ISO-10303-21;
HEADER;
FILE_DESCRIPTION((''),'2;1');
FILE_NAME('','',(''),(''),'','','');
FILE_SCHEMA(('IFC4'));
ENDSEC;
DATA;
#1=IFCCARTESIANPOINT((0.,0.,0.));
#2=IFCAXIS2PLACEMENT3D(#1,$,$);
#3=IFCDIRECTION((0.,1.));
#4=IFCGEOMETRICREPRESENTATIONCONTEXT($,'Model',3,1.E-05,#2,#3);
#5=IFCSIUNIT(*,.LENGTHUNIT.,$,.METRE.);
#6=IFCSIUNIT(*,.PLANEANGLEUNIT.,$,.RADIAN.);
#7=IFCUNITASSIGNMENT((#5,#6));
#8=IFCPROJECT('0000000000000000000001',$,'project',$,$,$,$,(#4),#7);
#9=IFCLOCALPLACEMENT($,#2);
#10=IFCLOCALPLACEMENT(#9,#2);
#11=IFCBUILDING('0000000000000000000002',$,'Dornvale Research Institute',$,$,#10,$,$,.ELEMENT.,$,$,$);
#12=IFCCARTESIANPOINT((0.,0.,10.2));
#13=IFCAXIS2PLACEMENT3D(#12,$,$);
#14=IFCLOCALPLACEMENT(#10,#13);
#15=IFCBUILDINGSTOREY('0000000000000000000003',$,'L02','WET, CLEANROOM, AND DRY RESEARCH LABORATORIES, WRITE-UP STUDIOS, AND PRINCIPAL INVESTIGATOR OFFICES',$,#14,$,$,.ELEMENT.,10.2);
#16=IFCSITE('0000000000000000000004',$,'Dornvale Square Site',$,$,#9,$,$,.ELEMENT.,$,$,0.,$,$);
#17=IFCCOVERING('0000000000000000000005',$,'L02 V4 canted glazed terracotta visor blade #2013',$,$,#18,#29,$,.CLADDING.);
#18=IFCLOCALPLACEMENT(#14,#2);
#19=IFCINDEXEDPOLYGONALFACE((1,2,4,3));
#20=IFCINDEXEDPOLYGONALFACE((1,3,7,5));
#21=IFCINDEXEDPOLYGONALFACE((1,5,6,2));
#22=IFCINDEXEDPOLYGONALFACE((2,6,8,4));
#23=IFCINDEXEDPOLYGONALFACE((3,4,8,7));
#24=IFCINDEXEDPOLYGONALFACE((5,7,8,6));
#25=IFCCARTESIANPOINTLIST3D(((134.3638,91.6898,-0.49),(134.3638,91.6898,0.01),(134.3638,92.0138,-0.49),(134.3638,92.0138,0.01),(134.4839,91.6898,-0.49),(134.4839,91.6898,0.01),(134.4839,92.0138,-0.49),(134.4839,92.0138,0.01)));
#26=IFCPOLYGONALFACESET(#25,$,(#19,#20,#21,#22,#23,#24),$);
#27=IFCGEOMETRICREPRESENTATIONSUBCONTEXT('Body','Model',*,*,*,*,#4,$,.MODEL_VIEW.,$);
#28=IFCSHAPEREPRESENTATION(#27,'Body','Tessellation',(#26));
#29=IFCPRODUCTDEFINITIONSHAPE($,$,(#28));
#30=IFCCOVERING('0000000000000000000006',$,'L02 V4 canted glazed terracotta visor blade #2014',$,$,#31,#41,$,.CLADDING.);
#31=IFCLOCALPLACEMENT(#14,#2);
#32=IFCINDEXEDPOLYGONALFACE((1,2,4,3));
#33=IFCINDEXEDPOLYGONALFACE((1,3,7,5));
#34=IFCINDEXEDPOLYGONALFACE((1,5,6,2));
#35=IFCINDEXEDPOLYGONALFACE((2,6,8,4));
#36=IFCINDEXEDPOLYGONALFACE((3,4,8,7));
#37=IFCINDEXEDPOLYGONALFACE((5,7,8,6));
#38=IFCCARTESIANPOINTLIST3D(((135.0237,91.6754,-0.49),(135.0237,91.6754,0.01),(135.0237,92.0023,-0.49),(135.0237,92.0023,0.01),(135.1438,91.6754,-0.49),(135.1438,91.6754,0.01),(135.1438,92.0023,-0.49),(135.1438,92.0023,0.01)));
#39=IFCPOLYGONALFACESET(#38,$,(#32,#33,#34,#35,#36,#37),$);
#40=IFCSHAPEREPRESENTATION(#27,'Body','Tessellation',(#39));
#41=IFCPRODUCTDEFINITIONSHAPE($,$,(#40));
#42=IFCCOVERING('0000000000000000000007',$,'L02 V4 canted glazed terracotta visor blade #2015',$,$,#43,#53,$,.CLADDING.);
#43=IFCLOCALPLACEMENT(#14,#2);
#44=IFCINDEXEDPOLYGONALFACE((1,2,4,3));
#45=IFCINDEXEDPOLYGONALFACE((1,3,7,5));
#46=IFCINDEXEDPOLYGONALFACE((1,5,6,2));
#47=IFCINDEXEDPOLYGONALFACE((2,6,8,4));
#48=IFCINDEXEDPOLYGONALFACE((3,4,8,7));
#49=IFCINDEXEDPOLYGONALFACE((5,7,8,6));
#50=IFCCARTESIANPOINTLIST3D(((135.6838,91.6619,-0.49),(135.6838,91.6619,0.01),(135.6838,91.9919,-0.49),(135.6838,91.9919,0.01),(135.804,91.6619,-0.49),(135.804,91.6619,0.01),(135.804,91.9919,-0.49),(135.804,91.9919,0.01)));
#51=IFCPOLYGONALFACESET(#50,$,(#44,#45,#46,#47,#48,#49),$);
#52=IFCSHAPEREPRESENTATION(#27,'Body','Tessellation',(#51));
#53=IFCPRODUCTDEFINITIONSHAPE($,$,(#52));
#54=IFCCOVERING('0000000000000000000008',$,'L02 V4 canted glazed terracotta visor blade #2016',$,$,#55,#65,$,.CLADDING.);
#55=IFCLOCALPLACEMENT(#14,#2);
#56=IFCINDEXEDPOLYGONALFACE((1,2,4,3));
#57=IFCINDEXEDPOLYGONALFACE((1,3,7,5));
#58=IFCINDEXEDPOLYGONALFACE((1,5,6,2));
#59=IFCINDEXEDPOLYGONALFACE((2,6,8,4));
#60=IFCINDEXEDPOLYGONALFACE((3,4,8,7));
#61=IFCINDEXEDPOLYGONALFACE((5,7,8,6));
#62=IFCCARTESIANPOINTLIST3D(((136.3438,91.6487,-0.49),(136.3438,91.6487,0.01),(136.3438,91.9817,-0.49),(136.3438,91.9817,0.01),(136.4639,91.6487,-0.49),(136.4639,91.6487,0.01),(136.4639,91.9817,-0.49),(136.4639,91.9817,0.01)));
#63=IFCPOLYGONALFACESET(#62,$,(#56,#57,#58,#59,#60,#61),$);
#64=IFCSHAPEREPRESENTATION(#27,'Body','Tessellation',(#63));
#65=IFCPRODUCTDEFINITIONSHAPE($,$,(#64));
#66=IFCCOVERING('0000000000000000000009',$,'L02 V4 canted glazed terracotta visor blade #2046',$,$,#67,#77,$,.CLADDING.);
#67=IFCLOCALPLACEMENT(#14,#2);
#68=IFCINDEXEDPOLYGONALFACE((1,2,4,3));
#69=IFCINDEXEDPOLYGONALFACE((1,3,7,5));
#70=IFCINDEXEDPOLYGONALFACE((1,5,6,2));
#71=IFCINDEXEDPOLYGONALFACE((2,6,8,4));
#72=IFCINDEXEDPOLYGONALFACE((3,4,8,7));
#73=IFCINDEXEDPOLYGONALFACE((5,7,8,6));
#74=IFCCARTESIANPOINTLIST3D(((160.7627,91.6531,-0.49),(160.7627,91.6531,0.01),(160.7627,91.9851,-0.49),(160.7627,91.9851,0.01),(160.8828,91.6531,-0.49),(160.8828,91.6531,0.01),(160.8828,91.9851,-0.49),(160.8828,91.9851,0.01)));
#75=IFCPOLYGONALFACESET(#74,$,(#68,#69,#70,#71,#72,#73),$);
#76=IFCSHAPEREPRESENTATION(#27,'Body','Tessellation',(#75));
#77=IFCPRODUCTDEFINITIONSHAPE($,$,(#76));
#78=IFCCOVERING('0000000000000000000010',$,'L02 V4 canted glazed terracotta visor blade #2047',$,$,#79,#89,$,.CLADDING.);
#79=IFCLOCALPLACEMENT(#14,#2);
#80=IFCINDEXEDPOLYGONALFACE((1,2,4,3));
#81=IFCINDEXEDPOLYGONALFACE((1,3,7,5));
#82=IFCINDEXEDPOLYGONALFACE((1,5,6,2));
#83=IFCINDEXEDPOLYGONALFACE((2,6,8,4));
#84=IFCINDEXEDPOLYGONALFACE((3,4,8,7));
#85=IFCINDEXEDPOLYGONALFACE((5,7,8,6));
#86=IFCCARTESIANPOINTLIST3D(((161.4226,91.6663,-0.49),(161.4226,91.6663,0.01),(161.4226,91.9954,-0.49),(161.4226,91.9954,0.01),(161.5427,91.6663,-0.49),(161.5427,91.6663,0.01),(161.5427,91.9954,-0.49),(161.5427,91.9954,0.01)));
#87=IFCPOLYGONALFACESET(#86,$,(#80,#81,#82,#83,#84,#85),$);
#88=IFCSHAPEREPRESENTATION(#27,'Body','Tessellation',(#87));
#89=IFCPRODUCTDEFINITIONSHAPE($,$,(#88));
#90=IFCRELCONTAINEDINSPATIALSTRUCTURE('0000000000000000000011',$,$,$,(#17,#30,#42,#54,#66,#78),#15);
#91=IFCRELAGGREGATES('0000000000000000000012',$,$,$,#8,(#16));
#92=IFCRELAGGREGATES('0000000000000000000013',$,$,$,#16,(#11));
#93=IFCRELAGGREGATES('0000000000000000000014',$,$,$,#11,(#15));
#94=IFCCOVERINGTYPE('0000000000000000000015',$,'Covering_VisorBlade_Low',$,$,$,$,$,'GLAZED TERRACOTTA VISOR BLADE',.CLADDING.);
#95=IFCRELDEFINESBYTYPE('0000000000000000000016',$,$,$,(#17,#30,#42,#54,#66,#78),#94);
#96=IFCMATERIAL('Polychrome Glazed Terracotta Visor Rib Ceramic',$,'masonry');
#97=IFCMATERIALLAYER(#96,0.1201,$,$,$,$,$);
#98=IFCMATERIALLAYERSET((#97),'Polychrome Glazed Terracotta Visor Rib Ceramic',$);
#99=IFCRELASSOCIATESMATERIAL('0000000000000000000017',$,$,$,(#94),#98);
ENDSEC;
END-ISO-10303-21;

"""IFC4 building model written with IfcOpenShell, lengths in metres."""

from ifc_helpers import new_model, si_unit, direction, frame, origin, origin_2d, place, context, subcontext, project, spatial, rectangle, extrude, material, layer, layer_set, type_object, element, save


model = new_model("IFC4")

# Units and contexts
model_context = context("Model", 3, precision=1e-05, world=origin(), true_north=direction((0.0, 1.0)))
body_context = subcontext(model_context, "Body", "Model", "MODEL_VIEW")
ifc_project = project(units=[si_unit("LENGTHUNIT", "METRE"), si_unit("PLANEANGLEUNIT", "RADIAN")], contexts=[model_context])

# Site, building, storey
site_placement = place(None, origin())
site = spatial("IfcSite", under=ifc_project, at=site_placement, Name="Dornvale Square Site", CompositionType="ELEMENT", RefElevation=0.0)
building_placement = place(site_placement, origin())
building = spatial("IfcBuilding", under=site, at=building_placement, Name="Dornvale Research Institute", CompositionType="ELEMENT")
storey_placement = place(building_placement, frame((0.0, 0.0, 10.2)))
storey = spatial("IfcBuildingStorey", under=building, at=storey_placement, Name="L02", Description="WET, CLEANROOM, AND DRY RESEARCH LABORATORIES, WRITE-UP STUDIOS, AND PRINCIPAL INVESTIGATOR OFFICES", CompositionType="ELEMENT", Elevation=10.2)

# Coverings
ifc_material_1 = material(Name="Polychrome Glazed Terracotta Visor Rib Ceramic", Category="masonry")
ifc_layer_1 = layer(ifc_material_1, 0.1201)
ifc_layer_set_1 = layer_set([ifc_layer_1], Name="Polychrome Glazed Terracotta Visor Rib Ceramic")
covering_type = type_object("IfcCoveringType", Name="Covering_VisorBlade_Low", ElementType="GLAZED TERRACOTTA VISOR BLADE", PredefinedType="CLADDING", material=ifc_layer_set_1)
covering_1_placement = place(storey_placement, frame((134.4238, 91.8518, -0.49), z_axis=(0.0, 0.0, 1.0), x_axis=(0.0, 1.0, 0.0)))
element("IfcCovering", 1, at=covering_1_placement, inside=storey, type_object=covering_type, Name="L02 V4 canted glazed terracotta visor blade #2013", PredefinedType="CLADDING", context=body_context, shape_type="SweptSolid", body=[
    extrude(rectangle(XDim=0.324, YDim=0.1201, at=origin_2d()), origin(), (0.0, 0.0, 1.0), 0.5),
])
covering_2_placement = place(storey_placement, frame((135.0837, 91.8389, -0.49), z_axis=(0.0, 0.0, 1.0), x_axis=(0.0, 1.0, 0.0)))
element("IfcCovering", 2, at=covering_2_placement, inside=storey, type_object=covering_type, Name="L02 V4 canted glazed terracotta visor blade #2014", PredefinedType="CLADDING", context=body_context, shape_type="SweptSolid", body=[
    extrude(rectangle(XDim=0.3269, YDim=0.1201, at=origin_2d()), origin(), (0.0, 0.0, 1.0), 0.5),
])
covering_3_placement = place(storey_placement, frame((135.7439, 91.8269, -0.49), z_axis=(0.0, 0.0, 1.0), x_axis=(0.0, 1.0, 0.0)))
element("IfcCovering", 3, at=covering_3_placement, inside=storey, type_object=covering_type, Name="L02 V4 canted glazed terracotta visor blade #2015", PredefinedType="CLADDING", context=body_context, shape_type="SweptSolid", body=[
    extrude(rectangle(XDim=0.3301, YDim=0.1201, at=origin_2d()), origin(), (0.0, 0.0, 1.0), 0.5),
])
covering_4_placement = place(storey_placement, frame((136.4038, 91.8152, -0.49), z_axis=(0.0, 0.0, 1.0), x_axis=(0.0, 1.0, 0.0)))
element("IfcCovering", 4, at=covering_4_placement, inside=storey, type_object=covering_type, Name="L02 V4 canted glazed terracotta visor blade #2016", PredefinedType="CLADDING", context=body_context, shape_type="SweptSolid", body=[
    extrude(rectangle(XDim=0.333, YDim=0.1201, at=origin_2d()), origin(), (0.0, 0.0, 1.0), 0.5),
])
covering_5_placement = place(storey_placement, frame((160.8228, 91.8191, -0.49), z_axis=(0.0, 0.0, 1.0), x_axis=(0.0, 1.0, 0.0)))
element("IfcCovering", 5, at=covering_5_placement, inside=storey, type_object=covering_type, Name="L02 V4 canted glazed terracotta visor blade #2046", PredefinedType="CLADDING", context=body_context, shape_type="SweptSolid", body=[
    extrude(rectangle(XDim=0.332, YDim=0.1201, at=origin_2d()), origin(), (0.0, 0.0, 1.0), 0.5),
])
covering_6_placement = place(storey_placement, frame((161.4827, 91.8308, -0.49), z_axis=(0.0, 0.0, 1.0), x_axis=(0.0, 1.0, 0.0)))
element("IfcCovering", 6, at=covering_6_placement, inside=storey, type_object=covering_type, Name="L02 V4 canted glazed terracotta visor blade #2047", PredefinedType="CLADDING", context=body_context, shape_type="SweptSolid", body=[
    extrude(rectangle(XDim=0.3291, YDim=0.1201, at=origin_2d()), origin(), (0.0, 0.0, 1.0), 0.5),
])

save(model, "model.ifc")
